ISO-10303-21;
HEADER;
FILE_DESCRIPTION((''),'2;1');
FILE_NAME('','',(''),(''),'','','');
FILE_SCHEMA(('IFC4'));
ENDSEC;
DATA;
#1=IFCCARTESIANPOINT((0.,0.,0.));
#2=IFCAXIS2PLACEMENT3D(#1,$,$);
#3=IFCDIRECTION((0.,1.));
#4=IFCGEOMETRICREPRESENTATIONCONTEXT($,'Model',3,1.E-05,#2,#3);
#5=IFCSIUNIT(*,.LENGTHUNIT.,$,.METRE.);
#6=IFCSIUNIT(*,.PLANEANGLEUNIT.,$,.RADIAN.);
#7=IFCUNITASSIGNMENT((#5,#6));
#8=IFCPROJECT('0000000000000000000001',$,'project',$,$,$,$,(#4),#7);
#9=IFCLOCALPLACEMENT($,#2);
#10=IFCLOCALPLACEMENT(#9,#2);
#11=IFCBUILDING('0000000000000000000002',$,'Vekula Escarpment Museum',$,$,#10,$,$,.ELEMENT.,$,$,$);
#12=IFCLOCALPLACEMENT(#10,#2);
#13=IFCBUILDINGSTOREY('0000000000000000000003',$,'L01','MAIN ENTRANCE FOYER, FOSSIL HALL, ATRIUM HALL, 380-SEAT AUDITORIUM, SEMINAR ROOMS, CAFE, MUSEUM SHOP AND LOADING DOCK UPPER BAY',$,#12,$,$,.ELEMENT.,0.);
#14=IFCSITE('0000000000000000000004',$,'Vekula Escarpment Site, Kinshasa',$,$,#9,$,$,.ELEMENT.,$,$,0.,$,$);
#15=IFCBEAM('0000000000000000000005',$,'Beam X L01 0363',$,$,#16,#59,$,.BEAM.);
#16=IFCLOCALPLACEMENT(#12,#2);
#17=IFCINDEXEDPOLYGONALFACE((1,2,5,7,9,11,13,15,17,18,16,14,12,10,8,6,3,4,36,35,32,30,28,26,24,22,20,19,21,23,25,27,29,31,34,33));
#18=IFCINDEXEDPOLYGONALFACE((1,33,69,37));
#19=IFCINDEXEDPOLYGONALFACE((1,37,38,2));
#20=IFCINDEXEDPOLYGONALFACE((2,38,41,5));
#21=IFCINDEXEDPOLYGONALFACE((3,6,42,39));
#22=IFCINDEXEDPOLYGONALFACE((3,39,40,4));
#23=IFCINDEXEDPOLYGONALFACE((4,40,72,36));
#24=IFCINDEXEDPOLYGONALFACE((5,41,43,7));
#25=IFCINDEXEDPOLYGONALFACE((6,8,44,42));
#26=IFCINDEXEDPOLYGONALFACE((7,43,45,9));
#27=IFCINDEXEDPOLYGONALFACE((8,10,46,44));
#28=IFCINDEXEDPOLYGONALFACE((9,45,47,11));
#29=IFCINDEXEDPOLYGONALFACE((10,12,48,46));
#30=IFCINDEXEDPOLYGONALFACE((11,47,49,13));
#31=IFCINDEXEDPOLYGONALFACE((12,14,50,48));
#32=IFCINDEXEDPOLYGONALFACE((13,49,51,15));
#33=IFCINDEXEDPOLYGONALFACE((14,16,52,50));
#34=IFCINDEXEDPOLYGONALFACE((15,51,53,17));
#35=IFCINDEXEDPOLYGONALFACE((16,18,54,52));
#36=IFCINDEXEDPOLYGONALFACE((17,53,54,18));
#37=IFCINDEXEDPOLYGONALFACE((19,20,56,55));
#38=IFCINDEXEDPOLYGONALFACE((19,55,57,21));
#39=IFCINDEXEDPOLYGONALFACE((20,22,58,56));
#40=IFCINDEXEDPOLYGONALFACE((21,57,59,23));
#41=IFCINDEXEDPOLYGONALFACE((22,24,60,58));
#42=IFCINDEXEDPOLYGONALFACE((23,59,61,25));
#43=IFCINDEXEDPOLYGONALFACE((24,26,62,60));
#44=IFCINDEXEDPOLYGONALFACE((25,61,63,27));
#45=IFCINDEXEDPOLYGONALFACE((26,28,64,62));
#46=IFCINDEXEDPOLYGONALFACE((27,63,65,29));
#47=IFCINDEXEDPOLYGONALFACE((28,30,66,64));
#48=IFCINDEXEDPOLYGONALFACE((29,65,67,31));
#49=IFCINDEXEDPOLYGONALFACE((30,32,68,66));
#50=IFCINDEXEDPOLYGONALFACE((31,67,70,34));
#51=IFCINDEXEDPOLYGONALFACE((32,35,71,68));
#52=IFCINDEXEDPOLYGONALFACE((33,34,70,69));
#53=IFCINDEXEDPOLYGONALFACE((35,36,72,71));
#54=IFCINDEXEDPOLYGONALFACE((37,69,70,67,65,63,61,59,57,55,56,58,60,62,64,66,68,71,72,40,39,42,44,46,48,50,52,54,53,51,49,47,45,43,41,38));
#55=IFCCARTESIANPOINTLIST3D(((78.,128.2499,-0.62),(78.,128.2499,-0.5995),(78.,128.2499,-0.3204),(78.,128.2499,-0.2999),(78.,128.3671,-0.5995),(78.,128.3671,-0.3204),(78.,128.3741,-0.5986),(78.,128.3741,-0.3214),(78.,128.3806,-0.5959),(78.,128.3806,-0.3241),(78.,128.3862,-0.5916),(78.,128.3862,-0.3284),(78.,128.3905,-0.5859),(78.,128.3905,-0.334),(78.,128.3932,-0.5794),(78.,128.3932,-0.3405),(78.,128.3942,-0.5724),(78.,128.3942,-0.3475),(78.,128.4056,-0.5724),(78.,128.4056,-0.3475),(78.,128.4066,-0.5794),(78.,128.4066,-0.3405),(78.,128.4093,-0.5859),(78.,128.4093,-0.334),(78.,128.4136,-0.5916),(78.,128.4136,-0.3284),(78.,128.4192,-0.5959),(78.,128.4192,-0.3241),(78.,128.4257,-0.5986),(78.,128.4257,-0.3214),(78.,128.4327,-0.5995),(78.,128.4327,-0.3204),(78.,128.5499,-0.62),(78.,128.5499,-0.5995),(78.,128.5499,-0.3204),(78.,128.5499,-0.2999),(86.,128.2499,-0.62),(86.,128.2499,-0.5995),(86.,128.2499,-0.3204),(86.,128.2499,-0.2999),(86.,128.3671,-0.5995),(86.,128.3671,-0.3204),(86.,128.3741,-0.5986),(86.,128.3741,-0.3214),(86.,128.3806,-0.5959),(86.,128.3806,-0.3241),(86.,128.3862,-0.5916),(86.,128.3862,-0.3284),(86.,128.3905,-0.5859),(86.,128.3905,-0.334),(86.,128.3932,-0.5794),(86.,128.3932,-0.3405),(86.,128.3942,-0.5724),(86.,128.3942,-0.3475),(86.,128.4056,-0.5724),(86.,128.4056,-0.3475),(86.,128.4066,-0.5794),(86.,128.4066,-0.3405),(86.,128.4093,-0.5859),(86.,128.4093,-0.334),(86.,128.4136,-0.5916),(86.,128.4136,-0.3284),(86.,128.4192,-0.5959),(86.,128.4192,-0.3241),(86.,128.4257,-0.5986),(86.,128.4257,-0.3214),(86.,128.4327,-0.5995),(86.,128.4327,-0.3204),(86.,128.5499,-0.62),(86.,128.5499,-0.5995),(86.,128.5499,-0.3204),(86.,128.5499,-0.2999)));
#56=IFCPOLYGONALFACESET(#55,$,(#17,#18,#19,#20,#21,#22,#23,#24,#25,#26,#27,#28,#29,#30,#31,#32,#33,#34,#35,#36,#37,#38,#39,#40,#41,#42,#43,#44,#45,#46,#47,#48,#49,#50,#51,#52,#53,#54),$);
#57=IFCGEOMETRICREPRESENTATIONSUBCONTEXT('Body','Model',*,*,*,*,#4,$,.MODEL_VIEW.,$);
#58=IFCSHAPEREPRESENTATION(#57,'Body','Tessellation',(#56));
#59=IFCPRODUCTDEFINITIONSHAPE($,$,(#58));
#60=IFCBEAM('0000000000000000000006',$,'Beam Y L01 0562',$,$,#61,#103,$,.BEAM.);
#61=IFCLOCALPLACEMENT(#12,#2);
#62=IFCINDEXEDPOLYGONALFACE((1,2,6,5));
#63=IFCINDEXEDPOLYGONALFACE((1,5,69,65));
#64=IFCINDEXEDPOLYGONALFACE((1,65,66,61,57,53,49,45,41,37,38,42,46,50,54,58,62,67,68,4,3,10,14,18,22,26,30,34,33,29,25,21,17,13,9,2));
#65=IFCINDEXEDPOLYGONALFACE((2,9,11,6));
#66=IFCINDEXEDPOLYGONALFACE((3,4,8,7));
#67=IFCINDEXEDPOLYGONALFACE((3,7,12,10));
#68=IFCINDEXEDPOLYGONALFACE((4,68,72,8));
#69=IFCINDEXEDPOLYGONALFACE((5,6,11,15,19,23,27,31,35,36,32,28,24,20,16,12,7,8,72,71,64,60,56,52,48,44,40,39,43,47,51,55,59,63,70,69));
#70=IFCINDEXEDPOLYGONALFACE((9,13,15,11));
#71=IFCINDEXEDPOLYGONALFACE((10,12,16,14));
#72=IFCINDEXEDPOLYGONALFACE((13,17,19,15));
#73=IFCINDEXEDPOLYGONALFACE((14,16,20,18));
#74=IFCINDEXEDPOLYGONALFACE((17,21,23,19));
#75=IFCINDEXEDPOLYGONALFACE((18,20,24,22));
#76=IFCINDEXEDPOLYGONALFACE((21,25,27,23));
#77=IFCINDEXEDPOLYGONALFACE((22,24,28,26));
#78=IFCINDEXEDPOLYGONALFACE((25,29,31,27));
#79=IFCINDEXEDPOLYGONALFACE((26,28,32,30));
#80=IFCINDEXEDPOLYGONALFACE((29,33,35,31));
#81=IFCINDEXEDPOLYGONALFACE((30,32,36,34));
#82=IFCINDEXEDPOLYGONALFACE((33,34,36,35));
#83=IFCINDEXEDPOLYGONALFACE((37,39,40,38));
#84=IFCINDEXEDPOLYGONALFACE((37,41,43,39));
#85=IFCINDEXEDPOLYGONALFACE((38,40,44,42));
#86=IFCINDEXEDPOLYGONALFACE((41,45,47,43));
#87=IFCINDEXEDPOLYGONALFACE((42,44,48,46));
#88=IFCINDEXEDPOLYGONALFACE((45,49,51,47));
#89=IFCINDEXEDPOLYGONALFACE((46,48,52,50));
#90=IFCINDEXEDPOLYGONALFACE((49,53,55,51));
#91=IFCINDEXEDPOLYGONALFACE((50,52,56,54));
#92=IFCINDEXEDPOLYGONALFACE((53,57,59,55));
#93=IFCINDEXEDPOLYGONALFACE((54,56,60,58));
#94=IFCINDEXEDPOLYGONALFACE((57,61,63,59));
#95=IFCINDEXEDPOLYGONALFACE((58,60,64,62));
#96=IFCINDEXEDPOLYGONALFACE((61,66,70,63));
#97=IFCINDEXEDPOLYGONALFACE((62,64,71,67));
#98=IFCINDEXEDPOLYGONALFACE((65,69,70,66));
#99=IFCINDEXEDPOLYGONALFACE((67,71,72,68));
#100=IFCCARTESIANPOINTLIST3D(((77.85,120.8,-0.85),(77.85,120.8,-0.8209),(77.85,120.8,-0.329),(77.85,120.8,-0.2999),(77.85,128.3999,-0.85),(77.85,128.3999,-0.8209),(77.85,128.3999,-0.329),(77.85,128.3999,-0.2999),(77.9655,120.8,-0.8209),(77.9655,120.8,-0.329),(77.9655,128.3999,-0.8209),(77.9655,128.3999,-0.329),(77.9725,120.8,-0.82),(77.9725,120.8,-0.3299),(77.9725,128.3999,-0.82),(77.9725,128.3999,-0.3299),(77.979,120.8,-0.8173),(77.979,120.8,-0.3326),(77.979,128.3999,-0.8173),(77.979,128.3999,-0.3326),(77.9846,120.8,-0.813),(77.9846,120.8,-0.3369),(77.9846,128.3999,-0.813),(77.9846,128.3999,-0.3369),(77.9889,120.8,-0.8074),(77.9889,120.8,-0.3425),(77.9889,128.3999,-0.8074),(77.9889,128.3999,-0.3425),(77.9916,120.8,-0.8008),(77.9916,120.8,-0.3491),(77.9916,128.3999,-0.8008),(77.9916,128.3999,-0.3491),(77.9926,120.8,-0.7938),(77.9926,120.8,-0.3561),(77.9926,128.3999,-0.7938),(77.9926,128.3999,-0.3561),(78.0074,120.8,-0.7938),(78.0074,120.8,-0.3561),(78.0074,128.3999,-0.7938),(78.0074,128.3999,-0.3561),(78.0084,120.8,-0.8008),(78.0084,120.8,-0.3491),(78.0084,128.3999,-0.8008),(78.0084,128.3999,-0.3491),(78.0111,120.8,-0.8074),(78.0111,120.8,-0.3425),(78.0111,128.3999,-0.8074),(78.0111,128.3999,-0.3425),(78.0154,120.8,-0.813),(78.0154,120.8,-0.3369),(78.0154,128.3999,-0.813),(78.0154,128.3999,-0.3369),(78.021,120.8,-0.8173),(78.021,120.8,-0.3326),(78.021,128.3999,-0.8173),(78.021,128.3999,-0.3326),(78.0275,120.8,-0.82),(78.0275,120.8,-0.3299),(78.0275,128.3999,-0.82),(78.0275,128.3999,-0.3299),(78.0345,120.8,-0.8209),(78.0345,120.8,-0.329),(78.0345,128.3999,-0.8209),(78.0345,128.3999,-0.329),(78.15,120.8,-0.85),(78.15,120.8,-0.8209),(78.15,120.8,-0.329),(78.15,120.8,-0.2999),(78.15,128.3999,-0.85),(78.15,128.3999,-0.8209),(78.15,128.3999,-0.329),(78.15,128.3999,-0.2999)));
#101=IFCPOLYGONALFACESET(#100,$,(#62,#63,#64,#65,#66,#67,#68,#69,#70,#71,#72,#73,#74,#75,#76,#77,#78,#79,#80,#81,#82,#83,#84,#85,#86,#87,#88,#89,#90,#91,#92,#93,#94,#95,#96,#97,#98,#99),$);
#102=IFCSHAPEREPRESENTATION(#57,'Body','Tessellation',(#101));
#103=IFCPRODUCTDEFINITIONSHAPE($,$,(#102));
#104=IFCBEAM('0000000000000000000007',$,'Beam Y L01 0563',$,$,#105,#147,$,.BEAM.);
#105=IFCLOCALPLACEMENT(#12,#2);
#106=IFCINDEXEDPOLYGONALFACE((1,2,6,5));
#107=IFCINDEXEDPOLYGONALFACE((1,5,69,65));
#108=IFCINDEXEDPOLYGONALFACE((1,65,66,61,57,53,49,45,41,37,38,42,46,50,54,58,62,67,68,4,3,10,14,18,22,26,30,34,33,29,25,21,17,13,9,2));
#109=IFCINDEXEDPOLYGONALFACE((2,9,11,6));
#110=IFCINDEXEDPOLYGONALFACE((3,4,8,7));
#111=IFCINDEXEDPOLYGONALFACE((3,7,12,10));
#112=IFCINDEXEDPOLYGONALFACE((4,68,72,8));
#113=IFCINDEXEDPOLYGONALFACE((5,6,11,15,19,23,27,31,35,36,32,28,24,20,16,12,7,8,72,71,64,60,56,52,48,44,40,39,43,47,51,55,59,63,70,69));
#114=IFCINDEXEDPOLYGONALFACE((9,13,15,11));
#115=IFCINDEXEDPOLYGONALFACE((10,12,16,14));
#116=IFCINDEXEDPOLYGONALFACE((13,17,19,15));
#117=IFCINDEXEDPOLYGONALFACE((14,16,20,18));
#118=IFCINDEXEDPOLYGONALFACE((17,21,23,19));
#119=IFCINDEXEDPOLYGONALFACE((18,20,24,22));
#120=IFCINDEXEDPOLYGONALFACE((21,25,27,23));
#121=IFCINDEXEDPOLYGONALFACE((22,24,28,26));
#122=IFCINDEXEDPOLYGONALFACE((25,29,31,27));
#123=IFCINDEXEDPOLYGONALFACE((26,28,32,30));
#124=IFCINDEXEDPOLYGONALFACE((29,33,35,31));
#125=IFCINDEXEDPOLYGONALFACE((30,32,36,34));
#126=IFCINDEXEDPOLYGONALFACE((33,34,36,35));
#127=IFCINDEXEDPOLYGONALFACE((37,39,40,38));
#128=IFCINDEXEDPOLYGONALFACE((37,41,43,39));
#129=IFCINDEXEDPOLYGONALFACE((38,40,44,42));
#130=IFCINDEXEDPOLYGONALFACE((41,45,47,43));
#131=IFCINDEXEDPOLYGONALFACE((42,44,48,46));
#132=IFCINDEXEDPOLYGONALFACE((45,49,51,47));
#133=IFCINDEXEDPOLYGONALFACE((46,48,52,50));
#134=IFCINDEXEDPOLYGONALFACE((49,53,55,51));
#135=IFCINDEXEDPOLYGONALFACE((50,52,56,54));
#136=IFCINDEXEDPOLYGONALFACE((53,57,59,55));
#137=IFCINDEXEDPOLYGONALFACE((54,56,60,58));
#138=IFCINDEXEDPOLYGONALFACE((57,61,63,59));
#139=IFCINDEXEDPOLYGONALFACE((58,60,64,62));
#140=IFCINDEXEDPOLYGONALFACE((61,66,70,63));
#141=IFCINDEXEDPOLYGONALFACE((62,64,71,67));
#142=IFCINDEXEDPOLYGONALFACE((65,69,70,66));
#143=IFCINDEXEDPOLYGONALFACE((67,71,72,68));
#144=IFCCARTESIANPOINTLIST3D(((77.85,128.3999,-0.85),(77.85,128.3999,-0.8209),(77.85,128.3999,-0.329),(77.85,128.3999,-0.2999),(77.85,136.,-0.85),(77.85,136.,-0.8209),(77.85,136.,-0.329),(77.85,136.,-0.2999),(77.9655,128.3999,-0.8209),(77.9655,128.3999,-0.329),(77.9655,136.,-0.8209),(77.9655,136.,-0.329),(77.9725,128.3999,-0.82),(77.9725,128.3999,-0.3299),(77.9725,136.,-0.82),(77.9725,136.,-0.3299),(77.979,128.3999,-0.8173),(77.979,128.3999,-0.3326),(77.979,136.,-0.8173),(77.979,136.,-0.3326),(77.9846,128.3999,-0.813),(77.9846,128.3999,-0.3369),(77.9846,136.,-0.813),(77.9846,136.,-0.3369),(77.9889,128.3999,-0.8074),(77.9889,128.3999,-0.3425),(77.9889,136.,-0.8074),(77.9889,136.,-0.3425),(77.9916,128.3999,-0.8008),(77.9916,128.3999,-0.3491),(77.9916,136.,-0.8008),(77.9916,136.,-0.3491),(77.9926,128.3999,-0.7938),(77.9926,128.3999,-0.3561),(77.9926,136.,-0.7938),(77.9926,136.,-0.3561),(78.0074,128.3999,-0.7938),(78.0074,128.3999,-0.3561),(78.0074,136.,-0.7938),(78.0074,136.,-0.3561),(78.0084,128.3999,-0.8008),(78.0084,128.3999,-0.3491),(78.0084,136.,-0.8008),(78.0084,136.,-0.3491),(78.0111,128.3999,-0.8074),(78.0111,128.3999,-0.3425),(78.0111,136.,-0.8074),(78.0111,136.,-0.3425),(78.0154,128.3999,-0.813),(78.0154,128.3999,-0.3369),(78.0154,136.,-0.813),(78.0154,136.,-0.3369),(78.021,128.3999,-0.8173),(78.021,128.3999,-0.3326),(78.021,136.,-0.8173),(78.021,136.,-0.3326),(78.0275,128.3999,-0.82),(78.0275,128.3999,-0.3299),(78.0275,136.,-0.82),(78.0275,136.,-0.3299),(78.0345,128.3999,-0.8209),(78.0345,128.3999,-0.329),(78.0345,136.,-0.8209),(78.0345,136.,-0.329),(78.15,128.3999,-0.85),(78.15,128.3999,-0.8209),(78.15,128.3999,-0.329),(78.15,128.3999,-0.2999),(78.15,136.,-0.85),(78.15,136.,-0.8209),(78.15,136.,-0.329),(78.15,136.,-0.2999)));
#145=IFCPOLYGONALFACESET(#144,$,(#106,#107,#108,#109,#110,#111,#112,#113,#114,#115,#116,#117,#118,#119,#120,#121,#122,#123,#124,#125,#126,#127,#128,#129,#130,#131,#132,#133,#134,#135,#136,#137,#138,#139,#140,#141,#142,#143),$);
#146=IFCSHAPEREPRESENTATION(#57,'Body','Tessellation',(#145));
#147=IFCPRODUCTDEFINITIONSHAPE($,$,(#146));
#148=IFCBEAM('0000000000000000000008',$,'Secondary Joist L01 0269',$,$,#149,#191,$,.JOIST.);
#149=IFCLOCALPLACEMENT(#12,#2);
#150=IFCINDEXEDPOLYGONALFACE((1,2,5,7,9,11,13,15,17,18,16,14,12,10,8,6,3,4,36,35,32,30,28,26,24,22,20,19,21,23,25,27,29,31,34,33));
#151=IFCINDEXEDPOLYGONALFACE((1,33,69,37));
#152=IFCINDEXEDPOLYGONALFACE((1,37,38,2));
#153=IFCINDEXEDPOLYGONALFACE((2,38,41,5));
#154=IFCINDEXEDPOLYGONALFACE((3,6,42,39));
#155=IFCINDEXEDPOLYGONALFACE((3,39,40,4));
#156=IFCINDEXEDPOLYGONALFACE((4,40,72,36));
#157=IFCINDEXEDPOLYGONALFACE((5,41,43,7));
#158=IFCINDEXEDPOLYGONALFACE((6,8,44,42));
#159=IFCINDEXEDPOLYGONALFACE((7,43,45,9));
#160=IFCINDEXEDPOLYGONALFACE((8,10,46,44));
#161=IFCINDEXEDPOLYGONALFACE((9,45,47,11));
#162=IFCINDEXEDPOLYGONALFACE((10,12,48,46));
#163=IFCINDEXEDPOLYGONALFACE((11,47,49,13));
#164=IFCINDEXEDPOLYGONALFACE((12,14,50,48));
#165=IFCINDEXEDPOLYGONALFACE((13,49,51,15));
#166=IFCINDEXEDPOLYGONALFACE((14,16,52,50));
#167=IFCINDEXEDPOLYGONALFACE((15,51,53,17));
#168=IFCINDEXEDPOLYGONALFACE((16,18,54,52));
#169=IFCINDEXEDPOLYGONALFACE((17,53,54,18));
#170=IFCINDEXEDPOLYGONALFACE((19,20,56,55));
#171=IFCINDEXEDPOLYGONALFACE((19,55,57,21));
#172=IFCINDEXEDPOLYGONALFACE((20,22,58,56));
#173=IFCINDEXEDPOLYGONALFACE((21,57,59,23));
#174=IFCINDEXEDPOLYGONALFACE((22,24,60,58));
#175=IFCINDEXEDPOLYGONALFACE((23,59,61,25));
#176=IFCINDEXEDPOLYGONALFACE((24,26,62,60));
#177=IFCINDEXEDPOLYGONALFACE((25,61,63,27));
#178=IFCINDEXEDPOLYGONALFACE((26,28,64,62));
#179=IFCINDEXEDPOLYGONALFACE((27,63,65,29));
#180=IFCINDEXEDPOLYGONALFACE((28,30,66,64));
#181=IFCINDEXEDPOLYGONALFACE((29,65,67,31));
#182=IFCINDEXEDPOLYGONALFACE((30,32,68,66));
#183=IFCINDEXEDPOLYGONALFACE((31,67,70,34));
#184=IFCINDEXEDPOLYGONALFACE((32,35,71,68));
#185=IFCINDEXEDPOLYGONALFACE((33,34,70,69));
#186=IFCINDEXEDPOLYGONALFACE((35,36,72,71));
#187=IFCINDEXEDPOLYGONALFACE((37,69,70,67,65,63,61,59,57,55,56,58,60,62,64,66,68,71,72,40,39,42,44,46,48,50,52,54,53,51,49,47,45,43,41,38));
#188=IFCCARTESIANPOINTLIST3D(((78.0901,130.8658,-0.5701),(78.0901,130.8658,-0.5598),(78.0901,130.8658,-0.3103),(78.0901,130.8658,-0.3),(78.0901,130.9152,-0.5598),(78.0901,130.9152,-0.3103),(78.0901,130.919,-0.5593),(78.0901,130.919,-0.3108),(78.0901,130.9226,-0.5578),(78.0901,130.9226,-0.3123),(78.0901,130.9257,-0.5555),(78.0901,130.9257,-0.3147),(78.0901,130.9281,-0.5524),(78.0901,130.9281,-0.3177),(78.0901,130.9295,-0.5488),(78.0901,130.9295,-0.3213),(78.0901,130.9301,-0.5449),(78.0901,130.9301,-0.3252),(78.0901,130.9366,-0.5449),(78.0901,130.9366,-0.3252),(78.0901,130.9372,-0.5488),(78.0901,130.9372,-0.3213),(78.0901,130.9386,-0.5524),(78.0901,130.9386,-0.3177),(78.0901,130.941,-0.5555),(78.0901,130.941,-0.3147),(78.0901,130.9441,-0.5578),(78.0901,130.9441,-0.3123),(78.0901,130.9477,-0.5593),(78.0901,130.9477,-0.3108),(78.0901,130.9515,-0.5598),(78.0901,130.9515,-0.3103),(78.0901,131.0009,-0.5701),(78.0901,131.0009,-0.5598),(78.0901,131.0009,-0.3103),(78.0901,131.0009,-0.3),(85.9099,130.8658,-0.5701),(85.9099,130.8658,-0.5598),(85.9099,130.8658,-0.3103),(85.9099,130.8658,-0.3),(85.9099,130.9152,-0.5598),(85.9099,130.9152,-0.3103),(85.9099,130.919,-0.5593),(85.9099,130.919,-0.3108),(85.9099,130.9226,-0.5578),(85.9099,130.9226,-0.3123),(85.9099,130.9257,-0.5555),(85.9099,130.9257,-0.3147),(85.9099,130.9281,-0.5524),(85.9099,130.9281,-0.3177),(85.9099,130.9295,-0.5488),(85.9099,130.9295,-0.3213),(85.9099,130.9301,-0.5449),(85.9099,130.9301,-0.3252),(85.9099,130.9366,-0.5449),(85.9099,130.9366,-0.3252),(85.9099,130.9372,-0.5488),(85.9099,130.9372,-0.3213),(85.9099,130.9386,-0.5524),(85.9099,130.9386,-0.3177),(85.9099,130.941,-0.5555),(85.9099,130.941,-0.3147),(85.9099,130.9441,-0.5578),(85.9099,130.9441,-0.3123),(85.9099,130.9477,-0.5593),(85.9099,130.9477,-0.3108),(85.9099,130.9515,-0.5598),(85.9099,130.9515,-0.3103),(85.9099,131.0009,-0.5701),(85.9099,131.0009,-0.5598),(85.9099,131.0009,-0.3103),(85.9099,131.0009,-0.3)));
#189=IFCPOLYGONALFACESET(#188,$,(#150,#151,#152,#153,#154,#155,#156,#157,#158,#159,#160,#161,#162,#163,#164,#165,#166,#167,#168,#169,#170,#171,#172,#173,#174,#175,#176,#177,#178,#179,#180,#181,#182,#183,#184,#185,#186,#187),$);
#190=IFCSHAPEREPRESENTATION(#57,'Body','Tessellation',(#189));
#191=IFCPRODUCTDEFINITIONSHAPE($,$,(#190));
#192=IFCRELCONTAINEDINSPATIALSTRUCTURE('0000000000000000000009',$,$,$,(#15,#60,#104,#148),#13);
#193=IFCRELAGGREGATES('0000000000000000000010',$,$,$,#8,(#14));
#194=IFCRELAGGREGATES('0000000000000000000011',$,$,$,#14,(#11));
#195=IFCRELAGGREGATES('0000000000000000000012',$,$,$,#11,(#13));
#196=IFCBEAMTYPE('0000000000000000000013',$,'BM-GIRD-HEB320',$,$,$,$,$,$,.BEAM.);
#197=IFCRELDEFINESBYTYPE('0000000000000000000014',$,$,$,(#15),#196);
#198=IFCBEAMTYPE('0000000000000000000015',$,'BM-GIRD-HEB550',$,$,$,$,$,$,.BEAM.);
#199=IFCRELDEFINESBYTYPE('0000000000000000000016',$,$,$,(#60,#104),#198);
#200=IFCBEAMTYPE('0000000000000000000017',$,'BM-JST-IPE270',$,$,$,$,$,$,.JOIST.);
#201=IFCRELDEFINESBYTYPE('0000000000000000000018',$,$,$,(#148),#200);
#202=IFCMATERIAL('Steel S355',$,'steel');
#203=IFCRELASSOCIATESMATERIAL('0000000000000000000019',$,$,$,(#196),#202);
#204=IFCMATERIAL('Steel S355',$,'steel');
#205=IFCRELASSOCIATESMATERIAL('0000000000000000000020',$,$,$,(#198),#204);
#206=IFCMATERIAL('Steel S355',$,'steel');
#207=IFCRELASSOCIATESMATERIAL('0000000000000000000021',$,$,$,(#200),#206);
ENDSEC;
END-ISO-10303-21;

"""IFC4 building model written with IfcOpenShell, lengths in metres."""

from ifc_helpers import new_model, si_unit, direction, frame, origin, origin_2d, place, context, subcontext, project, spatial, i_section, extrude, material, material_profile, profile_set, type_object, element, save


model = new_model("IFC4")

# Units and contexts
model_context = context("Model", 3, precision=1e-05, world=origin(), true_north=direction((0.0, 1.0)))
body_context = subcontext(model_context, "Body", "Model", "MODEL_VIEW")
ifc_project = project(units=[si_unit("LENGTHUNIT", "METRE"), si_unit("PLANEANGLEUNIT", "RADIAN")], contexts=[model_context])

# Site, building, storey
site_placement = place(None, origin())
site = spatial("IfcSite", under=ifc_project, at=site_placement, Name="Vekula Escarpment Site, Kinshasa", CompositionType="ELEMENT", RefElevation=0.0)
building_placement = place(site_placement, origin())
building = spatial("IfcBuilding", under=site, at=building_placement, Name="Vekula Escarpment Museum", CompositionType="ELEMENT")
storey_placement = place(building_placement, origin())
storey = spatial("IfcBuildingStorey", under=building, at=storey_placement, Name="L01", Description="MAIN ENTRANCE FOYER, FOSSIL HALL, ATRIUM HALL, 380-SEAT AUDITORIUM, SEMINAR ROOMS, CAFE, MUSEUM SHOP AND LOADING DOCK UPPER BAY", CompositionType="ELEMENT", Elevation=0.0)

# Beams
ifc_material_1 = material(Name="Steel S355", Category="steel")
ifc_material_profile_1 = material_profile(ifc_material_1, i_section(OverallWidth=0.3, OverallDepth=0.3201, WebThickness=0.0115, FlangeThickness=0.0205, FilletRadius=0.0271, at=origin_2d()), Name="HEB 320")
ifc_profile_set_1 = profile_set([ifc_material_profile_1], Name="Steel S355")
beam_type_1 = type_object("IfcBeamType", Name="BM-GIRD-HEB320", PredefinedType="BEAM", material=ifc_profile_set_1)
beam_1_placement = place(storey_placement, frame((78.0, 128.3999, -0.46), z_axis=(1.0, 0.0, 0.0), x_axis=(0.0, 1.0, 0.0)))
element("IfcBeam", 1, at=beam_1_placement, inside=storey, type_object=beam_type_1, Name="Beam X L01 0363", PredefinedType="BEAM", context=body_context, shape_type="SweptSolid", body=[
    extrude(i_section(OverallWidth=0.3, OverallDepth=0.3201, WebThickness=0.0115, FlangeThickness=0.0205, FilletRadius=0.0271, at=origin_2d()), origin(), (0.0, 0.0, 1.0), 8.0),
])
ifc_material_2 = material(Name="Steel S355", Category="steel")
ifc_material_profile_2 = material_profile(ifc_material_2, i_section(OverallWidth=0.3, OverallDepth=0.55, WebThickness=0.0149, FlangeThickness=0.0291, FilletRadius=0.0271, at=origin_2d()), Name="HEB 550")
ifc_profile_set_2 = profile_set([ifc_material_profile_2], Name="Steel S355")
beam_type_2 = type_object("IfcBeamType", Name="BM-GIRD-HEB550", PredefinedType="BEAM", material=ifc_profile_set_2)
beam_2_placement = place(storey_placement, frame((78.0, 120.8, -0.575), z_axis=(0.0, 1.0, 0.0), x_axis=(-1.0, 0.0, 0.0)))
element("IfcBeam", 2, at=beam_2_placement, inside=storey, type_object=beam_type_2, Name="Beam Y L01 0562", PredefinedType="BEAM", context=body_context, shape_type="SweptSolid", body=[
    extrude(i_section(OverallWidth=0.3, OverallDepth=0.55, WebThickness=0.0149, FlangeThickness=0.0291, FilletRadius=0.0271, at=origin_2d()), origin(), (0.0, 0.0, 1.0), 7.5999),
])
beam_3_placement = place(storey_placement, frame((78.0, 128.3999, -0.575), z_axis=(0.0, 1.0, 0.0), x_axis=(-1.0, 0.0, 0.0)))
element("IfcBeam", 3, at=beam_3_placement, inside=storey, type_object=beam_type_2, Name="Beam Y L01 0563", PredefinedType="BEAM", context=body_context, shape_type="SweptSolid", body=[
    extrude(i_section(OverallWidth=0.3, OverallDepth=0.55, WebThickness=0.0149, FlangeThickness=0.0291, FilletRadius=0.0271, at=origin_2d()), origin(), (0.0, 0.0, 1.0), 7.6001),
])
ifc_material_3 = material(Name="Steel S355", Category="steel")
ifc_material_profile_3 = material_profile(ifc_material_3, i_section(OverallWidth=0.135, OverallDepth=0.27, WebThickness=0.0066, FlangeThickness=0.0103, FilletRadius=0.0149, at=origin_2d()), Name="IPE 270")
ifc_profile_set_3 = profile_set([ifc_material_profile_3], Name="Steel S355")
beam_type_3 = type_object("IfcBeamType", Name="BM-JST-IPE270", PredefinedType="JOIST", material=ifc_profile_set_3)
for number, where, z_axis, x_axis, name in (
    (4, (78.0901, 130.9333, -0.4351), (1.0, 0.0, 0.0), (0.0, 1.0, 0.0), "Secondary Joist L01 0269"),
):
    element("IfcBeam", number, at=place(storey_placement, frame(where, z_axis=z_axis, x_axis=x_axis)), inside=storey, type_object=beam_type_3, Name=name, PredefinedType="JOIST", context=body_context, shape_type="SweptSolid", body=[
        extrude(i_section(OverallWidth=0.135, OverallDepth=0.27, WebThickness=0.0066, FlangeThickness=0.0103, FilletRadius=0.0149, at=origin_2d()), origin(), (0.0, 0.0, 1.0), 7.8198),
    ])

save(model, "model.ifc")
